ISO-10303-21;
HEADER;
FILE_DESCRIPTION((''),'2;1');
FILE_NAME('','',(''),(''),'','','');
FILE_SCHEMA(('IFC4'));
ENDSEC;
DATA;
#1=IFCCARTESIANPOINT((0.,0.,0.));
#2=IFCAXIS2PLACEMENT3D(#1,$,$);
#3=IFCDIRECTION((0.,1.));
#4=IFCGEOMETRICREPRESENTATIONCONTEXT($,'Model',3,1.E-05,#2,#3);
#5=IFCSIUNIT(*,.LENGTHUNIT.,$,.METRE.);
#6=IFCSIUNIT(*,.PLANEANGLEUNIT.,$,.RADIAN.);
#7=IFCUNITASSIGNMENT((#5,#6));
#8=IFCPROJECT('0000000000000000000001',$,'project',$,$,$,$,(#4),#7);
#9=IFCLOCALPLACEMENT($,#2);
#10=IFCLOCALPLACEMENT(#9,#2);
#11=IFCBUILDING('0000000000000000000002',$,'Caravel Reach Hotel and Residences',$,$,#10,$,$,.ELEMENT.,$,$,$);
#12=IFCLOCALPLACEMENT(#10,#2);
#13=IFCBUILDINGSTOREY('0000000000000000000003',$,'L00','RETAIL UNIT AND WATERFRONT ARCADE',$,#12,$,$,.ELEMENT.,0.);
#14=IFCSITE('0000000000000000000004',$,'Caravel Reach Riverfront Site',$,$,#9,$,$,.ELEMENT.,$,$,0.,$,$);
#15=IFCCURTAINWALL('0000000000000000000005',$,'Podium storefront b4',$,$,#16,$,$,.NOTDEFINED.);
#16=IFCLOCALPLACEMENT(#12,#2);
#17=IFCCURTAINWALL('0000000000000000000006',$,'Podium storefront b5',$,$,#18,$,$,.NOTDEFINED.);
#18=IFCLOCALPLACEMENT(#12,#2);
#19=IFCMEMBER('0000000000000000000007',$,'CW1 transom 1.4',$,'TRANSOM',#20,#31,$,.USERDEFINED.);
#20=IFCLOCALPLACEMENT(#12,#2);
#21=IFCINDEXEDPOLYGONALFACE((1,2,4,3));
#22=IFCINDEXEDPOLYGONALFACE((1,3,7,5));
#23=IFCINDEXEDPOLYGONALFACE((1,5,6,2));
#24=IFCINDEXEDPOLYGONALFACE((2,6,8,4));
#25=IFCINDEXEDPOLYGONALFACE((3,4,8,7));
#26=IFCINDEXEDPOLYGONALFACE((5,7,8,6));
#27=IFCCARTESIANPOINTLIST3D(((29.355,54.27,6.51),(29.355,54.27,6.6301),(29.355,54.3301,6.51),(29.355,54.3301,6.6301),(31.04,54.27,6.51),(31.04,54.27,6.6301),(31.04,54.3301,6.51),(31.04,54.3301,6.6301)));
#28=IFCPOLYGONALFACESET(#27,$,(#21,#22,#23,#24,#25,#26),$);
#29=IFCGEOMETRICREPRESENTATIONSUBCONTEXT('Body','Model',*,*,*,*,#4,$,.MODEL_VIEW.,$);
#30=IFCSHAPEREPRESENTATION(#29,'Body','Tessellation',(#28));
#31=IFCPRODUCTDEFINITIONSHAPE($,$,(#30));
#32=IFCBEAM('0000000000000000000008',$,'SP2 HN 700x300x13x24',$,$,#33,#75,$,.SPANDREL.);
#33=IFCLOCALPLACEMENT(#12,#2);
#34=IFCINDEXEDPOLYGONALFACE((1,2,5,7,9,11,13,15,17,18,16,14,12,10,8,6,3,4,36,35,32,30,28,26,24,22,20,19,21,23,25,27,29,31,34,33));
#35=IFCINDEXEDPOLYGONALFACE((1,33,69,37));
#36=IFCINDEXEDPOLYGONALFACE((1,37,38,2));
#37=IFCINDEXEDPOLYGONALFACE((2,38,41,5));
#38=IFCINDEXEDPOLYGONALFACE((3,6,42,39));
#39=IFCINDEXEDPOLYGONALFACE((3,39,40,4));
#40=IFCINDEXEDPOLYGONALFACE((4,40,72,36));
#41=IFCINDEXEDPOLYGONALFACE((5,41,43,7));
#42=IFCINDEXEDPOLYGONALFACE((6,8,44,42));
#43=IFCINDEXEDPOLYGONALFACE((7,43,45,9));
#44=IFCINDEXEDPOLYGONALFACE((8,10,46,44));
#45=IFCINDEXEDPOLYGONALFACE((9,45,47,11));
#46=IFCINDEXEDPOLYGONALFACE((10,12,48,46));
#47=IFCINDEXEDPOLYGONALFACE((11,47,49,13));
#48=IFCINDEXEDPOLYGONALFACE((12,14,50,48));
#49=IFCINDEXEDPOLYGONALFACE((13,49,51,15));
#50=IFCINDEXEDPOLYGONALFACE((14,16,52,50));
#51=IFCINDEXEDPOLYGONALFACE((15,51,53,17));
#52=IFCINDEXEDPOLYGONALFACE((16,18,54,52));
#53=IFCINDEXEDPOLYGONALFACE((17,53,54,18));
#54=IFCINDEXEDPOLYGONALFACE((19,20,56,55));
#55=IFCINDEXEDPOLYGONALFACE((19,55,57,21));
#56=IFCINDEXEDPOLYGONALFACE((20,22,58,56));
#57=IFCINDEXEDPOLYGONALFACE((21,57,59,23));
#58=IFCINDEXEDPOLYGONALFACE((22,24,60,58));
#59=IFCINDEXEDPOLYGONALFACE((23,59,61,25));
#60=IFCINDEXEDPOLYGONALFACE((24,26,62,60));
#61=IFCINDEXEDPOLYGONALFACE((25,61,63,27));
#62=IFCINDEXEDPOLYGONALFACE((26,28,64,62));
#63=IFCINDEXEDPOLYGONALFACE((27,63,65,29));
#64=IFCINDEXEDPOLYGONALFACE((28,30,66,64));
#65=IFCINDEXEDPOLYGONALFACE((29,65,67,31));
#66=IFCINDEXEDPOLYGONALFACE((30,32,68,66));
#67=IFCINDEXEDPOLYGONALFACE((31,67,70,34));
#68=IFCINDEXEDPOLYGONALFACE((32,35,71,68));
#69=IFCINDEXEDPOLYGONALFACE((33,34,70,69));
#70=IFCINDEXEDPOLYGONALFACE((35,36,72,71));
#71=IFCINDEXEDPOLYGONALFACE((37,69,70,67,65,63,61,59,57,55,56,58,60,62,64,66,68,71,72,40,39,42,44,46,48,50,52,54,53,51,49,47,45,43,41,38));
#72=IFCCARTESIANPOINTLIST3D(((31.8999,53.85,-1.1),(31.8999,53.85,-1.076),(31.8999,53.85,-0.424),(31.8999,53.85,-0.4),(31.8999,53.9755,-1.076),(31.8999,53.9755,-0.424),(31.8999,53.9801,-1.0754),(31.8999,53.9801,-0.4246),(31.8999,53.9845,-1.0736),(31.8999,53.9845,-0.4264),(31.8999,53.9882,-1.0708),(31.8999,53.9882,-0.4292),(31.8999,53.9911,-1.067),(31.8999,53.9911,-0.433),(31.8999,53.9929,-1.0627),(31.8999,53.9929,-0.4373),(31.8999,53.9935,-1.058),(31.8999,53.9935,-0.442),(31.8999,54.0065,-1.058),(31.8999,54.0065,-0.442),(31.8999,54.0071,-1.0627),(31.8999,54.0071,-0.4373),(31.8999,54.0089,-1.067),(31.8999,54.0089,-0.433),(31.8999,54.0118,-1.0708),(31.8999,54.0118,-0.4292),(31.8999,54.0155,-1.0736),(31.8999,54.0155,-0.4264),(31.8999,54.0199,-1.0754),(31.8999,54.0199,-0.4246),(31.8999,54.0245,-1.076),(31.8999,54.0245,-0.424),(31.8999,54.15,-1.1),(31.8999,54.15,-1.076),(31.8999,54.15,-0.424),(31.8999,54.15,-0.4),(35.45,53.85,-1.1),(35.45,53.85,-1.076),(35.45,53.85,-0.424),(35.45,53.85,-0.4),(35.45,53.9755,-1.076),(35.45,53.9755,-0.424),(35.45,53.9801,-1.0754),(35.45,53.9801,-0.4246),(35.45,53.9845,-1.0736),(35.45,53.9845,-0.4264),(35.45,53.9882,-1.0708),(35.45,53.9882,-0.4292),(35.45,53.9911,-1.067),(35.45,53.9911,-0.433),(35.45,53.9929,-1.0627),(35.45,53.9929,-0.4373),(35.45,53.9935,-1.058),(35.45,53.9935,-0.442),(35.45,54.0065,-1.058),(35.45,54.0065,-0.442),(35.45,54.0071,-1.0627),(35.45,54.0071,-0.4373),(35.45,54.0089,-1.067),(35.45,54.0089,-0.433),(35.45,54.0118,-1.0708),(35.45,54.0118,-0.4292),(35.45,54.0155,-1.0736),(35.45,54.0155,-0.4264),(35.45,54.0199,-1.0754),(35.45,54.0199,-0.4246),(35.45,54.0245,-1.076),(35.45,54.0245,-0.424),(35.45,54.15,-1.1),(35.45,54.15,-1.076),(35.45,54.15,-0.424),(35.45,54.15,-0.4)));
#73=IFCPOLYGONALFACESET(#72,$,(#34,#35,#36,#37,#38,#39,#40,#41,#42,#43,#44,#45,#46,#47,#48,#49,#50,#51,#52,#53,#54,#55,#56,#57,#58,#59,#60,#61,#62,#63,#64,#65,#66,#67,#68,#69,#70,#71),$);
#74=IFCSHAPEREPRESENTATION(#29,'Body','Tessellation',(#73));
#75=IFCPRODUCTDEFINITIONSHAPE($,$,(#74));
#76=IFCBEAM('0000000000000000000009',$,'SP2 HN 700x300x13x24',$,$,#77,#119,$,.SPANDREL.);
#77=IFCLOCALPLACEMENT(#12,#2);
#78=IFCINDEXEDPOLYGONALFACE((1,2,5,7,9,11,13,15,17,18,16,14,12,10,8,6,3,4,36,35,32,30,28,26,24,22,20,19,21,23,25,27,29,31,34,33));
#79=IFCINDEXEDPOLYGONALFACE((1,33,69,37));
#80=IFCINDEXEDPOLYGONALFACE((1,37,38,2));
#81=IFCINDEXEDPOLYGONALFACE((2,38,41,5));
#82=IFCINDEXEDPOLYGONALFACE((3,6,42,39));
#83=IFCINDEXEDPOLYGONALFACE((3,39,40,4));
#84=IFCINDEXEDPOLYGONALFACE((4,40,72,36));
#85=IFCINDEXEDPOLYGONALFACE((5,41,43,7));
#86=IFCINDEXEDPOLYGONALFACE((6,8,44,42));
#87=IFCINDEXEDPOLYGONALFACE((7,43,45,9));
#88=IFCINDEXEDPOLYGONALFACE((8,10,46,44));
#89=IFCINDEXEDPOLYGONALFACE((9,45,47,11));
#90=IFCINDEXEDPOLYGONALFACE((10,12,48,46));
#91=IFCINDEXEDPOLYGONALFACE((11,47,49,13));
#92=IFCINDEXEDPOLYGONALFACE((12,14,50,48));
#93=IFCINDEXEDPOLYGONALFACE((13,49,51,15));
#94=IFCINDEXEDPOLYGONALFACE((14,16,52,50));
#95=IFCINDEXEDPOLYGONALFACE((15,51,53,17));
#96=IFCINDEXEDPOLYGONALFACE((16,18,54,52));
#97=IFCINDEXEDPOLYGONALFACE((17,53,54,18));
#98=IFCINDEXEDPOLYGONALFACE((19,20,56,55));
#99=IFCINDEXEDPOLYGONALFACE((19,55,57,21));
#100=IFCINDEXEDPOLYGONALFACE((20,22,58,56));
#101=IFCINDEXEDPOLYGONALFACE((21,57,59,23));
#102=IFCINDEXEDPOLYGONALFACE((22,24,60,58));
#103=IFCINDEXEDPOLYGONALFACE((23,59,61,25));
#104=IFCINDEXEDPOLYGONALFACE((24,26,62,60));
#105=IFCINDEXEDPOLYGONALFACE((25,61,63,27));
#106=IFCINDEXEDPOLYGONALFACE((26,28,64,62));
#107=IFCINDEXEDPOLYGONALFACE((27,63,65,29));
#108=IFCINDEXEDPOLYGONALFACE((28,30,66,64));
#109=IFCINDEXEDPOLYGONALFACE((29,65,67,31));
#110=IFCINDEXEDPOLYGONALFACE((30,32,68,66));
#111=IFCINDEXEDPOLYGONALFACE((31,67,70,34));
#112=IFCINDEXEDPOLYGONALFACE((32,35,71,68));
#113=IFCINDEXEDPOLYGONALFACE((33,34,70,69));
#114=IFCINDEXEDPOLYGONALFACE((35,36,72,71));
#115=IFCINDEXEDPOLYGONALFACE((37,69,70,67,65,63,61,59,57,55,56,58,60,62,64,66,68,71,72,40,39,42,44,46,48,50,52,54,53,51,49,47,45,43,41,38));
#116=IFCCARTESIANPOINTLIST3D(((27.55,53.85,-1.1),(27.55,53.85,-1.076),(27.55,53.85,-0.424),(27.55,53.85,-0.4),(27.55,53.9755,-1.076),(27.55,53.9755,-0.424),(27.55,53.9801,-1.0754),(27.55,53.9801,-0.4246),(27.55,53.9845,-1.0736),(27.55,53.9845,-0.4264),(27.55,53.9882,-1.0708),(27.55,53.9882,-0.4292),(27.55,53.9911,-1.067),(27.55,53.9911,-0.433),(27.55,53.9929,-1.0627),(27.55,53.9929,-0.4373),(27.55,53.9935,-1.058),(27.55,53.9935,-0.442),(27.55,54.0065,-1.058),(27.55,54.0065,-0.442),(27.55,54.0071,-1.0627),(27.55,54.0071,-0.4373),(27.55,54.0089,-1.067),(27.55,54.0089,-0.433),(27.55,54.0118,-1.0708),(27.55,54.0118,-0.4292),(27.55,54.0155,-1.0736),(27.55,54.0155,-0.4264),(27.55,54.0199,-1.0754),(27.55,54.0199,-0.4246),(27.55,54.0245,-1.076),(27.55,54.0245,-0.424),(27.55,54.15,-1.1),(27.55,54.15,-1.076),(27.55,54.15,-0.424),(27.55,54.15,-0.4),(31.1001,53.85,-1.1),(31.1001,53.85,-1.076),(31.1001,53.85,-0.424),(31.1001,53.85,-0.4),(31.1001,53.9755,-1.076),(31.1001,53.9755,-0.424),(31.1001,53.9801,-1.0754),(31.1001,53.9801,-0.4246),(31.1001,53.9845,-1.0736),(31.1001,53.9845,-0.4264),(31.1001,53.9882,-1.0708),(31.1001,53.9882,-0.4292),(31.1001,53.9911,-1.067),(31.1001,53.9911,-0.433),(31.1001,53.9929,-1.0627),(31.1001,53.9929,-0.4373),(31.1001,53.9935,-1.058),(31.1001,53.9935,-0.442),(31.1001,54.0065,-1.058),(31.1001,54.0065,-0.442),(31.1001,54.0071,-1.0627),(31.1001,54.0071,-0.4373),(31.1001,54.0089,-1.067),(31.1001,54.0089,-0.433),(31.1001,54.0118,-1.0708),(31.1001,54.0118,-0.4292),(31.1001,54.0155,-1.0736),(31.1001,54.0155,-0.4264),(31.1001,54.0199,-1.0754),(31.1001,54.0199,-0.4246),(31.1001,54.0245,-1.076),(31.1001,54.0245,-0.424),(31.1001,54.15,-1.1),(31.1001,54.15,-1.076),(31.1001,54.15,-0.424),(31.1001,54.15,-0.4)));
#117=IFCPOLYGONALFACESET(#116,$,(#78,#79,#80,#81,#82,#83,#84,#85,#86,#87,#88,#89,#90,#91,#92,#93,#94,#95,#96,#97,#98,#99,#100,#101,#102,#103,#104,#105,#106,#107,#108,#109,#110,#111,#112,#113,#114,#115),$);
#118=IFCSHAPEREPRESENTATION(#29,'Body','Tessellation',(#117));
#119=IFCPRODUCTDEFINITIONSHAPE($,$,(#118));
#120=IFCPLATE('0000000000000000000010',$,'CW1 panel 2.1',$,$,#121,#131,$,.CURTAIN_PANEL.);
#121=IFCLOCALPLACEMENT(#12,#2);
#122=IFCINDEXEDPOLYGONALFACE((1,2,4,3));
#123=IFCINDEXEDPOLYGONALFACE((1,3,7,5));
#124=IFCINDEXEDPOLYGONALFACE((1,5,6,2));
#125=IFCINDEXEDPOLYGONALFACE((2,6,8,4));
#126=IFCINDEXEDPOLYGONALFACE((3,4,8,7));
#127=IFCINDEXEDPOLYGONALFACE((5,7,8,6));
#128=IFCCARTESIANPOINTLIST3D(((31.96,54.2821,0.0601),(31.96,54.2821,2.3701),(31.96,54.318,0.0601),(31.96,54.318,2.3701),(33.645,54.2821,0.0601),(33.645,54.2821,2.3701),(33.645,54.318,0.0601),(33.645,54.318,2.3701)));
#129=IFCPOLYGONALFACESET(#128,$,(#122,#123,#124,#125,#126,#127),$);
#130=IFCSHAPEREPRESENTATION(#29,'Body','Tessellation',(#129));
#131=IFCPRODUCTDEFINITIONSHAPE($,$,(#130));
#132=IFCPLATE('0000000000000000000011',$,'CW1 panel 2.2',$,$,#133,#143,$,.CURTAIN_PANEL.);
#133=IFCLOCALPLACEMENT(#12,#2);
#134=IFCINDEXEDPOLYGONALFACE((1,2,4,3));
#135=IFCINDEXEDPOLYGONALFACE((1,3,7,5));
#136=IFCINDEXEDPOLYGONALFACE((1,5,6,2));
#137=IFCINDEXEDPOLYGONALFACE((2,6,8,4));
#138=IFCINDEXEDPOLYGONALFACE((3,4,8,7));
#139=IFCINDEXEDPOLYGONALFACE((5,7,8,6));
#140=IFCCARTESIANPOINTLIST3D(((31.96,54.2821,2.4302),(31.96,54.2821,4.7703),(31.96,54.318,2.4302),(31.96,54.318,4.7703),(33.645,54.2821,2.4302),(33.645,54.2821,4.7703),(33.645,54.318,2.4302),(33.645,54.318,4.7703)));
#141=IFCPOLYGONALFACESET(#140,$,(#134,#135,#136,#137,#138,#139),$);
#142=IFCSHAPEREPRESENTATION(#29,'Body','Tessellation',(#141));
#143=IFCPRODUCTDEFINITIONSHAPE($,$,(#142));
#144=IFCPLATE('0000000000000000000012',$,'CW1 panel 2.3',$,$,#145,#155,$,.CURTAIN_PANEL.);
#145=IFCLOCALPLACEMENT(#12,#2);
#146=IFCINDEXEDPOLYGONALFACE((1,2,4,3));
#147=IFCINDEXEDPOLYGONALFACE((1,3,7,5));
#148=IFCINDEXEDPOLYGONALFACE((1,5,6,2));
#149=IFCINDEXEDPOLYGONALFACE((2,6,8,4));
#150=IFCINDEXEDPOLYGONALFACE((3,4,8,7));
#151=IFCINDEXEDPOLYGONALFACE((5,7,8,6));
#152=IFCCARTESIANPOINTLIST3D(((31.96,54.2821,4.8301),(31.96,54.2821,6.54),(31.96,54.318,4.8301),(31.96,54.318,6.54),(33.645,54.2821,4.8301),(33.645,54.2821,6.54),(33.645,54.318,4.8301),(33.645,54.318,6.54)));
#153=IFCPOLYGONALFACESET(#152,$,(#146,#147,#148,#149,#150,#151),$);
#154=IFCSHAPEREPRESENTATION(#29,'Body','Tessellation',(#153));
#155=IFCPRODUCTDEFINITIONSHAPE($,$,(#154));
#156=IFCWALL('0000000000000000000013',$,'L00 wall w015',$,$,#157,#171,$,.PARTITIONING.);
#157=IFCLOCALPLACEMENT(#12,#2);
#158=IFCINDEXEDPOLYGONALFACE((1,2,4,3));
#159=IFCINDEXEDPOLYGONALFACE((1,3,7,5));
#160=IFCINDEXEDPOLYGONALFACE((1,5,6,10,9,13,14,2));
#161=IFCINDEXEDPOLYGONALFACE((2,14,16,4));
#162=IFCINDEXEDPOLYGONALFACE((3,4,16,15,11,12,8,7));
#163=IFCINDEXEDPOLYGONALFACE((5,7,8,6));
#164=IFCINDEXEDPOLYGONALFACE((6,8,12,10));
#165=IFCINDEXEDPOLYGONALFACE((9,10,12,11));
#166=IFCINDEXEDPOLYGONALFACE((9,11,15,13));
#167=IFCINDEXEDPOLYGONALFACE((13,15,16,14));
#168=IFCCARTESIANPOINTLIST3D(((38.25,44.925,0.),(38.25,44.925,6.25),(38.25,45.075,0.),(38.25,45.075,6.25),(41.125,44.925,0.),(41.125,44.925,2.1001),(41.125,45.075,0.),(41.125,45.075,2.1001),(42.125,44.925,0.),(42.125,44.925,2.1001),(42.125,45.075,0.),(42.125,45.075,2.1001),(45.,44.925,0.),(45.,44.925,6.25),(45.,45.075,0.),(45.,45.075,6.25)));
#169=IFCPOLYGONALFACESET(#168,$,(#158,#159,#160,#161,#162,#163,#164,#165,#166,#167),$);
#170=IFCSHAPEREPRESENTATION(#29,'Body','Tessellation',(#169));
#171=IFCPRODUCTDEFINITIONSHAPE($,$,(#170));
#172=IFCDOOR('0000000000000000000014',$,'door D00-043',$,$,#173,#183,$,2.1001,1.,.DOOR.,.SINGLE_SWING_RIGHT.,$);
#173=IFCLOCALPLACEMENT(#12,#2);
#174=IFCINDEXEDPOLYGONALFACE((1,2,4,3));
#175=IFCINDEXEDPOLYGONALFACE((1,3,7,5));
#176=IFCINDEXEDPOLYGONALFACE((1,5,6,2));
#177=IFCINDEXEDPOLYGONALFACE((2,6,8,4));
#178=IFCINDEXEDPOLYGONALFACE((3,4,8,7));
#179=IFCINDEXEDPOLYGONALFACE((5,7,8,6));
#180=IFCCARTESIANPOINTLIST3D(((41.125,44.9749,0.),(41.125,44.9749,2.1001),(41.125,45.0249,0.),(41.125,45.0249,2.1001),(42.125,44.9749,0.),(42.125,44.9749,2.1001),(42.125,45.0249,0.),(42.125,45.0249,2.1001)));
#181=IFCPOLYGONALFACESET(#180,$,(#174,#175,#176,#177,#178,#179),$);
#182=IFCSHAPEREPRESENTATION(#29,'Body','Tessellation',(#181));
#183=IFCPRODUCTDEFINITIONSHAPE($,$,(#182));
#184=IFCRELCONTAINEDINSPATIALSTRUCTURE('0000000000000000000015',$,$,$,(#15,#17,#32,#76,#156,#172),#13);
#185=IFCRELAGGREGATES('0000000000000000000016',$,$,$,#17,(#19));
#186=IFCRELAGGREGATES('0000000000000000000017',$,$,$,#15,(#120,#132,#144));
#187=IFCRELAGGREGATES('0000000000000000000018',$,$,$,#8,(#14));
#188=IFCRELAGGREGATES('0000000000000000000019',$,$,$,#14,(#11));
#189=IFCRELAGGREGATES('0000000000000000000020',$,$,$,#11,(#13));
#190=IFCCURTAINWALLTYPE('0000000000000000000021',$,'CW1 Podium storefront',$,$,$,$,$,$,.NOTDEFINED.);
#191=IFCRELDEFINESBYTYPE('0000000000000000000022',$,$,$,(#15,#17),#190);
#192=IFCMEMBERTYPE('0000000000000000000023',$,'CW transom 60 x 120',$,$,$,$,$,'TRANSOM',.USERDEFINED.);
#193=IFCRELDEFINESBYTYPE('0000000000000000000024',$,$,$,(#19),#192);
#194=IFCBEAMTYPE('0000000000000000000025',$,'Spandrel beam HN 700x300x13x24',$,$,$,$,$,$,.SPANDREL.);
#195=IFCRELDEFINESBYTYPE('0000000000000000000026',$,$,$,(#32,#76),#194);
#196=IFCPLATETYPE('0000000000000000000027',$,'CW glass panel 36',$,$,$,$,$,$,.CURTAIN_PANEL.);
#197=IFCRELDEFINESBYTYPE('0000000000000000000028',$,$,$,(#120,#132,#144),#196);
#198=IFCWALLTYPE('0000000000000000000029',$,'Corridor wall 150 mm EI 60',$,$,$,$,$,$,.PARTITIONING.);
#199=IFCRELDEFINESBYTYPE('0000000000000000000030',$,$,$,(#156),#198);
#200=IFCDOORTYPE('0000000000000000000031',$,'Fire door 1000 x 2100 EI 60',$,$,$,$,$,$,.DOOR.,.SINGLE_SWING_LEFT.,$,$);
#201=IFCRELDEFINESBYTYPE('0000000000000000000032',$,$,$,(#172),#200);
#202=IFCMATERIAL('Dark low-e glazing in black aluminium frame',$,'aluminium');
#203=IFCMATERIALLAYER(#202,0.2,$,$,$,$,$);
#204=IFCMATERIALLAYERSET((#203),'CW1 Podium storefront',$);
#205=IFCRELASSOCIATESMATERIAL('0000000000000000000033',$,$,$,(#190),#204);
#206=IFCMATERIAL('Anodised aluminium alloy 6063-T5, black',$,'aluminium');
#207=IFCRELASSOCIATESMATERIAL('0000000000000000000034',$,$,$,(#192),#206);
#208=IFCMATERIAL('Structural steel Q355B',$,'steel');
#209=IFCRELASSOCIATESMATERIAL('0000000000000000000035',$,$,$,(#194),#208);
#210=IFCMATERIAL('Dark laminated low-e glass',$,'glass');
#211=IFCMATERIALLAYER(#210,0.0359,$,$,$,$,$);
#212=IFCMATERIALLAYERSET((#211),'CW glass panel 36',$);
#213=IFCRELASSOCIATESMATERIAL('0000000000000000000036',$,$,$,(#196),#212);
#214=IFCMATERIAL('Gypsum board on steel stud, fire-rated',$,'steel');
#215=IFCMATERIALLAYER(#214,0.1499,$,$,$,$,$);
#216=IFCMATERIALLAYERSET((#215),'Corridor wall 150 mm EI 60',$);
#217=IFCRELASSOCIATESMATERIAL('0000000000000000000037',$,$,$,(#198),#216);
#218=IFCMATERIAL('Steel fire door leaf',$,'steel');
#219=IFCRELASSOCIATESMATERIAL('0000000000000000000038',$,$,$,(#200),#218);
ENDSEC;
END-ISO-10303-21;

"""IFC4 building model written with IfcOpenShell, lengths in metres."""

from ifc_helpers import new_model, si_unit, direction, frame, frame_2d, origin, origin_2d, place, context, subcontext, project, spatial, rectangle, i_section, extrude, material, layer, layer_set, material_profile, profile_set, type_object, element, fill, aggregate, save


model = new_model("IFC4")

# Units and contexts
model_context = context("Model", 3, precision=1e-05, world=origin(), true_north=direction((0.0, 1.0)))
body_context = subcontext(model_context, "Body", "Model", "MODEL_VIEW")
ifc_project = project(units=[si_unit("LENGTHUNIT", "METRE"), si_unit("PLANEANGLEUNIT", "RADIAN")], contexts=[model_context])

# Site, building, storey
site_placement = place(None, origin())
site = spatial("IfcSite", under=ifc_project, at=site_placement, Name="Caravel Reach Riverfront Site", CompositionType="ELEMENT", RefElevation=0.0)
building_placement = place(site_placement, origin())
building = spatial("IfcBuilding", under=site, at=building_placement, Name="Caravel Reach Hotel and Residences", CompositionType="ELEMENT")
storey_placement = place(building_placement, origin())
storey = spatial("IfcBuildingStorey", under=building, at=storey_placement, Name="L00", Description="RETAIL UNIT AND WATERFRONT ARCADE", CompositionType="ELEMENT", Elevation=0.0)

# Curtain walls
ifc_material_1 = material(Name="Dark low-e glazing in black aluminium frame", Category="aluminium")
ifc_layer_1 = layer(ifc_material_1, 0.2)
ifc_layer_set_1 = layer_set([ifc_layer_1], Name="CW1 Podium storefront")
curtain_wall_type = type_object("IfcCurtainWallType", Name="CW1 Podium storefront", PredefinedType="NOTDEFINED", material=ifc_layer_set_1)
curtain_wall_1_placement = place(storey_placement, origin())
curtain_wall_1 = element("IfcCurtainWall", 1, at=curtain_wall_1_placement, inside=storey, type_object=curtain_wall_type, Name="Podium storefront b4", PredefinedType="NOTDEFINED")
curtain_wall_2_placement = place(storey_placement, origin())
curtain_wall_2 = element("IfcCurtainWall", 2, at=curtain_wall_2_placement, inside=storey, type_object=curtain_wall_type, Name="Podium storefront b5", PredefinedType="NOTDEFINED")

# Member
ifc_material_2 = material(Name="Anodised aluminium alloy 6063-T5, black", Category="aluminium")
ifc_material_profile_1 = material_profile(ifc_material_2, rectangle(XDim=0.0601, YDim=0.1201, at=origin_2d()), Name="CW transom 60 x 120")
ifc_profile_set_1 = profile_set([ifc_material_profile_1], Name="Anodised aluminium alloy 6063-T5, black")
member_type_1 = type_object("IfcMemberType", Name="CW transom 60 x 120", ElementType="TRANSOM", PredefinedType="USERDEFINED", material=ifc_profile_set_1)
member_1_placement = place(storey_placement, frame((31.04, 54.3, 6.5701), z_axis=(-1.0, 0.0, 0.0), x_axis=(0.0, -1.0, 0.0)))
member_1 = element("IfcMember", 3, at=member_1_placement, type_object=member_type_1, Name="CW1 transom 1.4", ObjectType="TRANSOM", PredefinedType="USERDEFINED", context=body_context, shape_type="SweptSolid", body=[
    extrude(rectangle(XDim=0.0601, YDim=0.1201, at=origin_2d()), origin(), (0.0, 0.0, 1.0), 1.6851),
])
aggregate(curtain_wall_2, [member_1])

# Beams
ifc_material_3 = material(Name="Structural steel Q355B", Category="steel")
ifc_material_profile_2 = material_profile(ifc_material_3, i_section(OverallWidth=0.3, OverallDepth=0.7, WebThickness=0.0129, FlangeThickness=0.0239, FilletRadius=0.0181, at=origin_2d()), Name="HN 700x300x13x24")
ifc_profile_set_2 = profile_set([ifc_material_profile_2], Name="Structural steel Q355B")
beam_type = type_object("IfcBeamType", Name="Spandrel beam HN 700x300x13x24", PredefinedType="SPANDREL", material=ifc_profile_set_2)
for number, where, z_axis, x_axis, name in (
    (4, (35.45, 54.0, -0.75), (-1.0, 0.0, 0.0), (0.0, -1.0, 0.0), "SP2 HN 700x300x13x24"),
    (5, (31.1001, 54.0, -0.75), (-1.0, 0.0, 0.0), (0.0, -1.0, 0.0), "SP2 HN 700x300x13x24"),
):
    element("IfcBeam", number, at=place(storey_placement, frame(where, z_axis=z_axis, x_axis=x_axis)), inside=storey, type_object=beam_type, Name=name, PredefinedType="SPANDREL", context=body_context, shape_type="SweptSolid", body=[
        extrude(i_section(OverallWidth=0.3, OverallDepth=0.7, WebThickness=0.0129, FlangeThickness=0.0239, FilletRadius=0.0181, at=origin_2d()), origin(), (0.0, 0.0, 1.0), 3.55),
    ])

# Plates
ifc_material_4 = material(Name="Dark laminated low-e glass", Category="glass")
ifc_layer_2 = layer(ifc_material_4, 0.0359)
ifc_layer_set_2 = layer_set([ifc_layer_2], Name="CW glass panel 36")
plate_type = type_object("IfcPlateType", Name="CW glass panel 36", PredefinedType="CURTAIN_PANEL", material=ifc_layer_set_2)
plate_1_placement = place(storey_placement, frame((32.8025, 54.3, 0.0601), z_axis=(0.0, 0.0, 1.0), x_axis=(-1.0, 0.0, 0.0)))
plate_1 = element("IfcPlate", 6, at=plate_1_placement, type_object=plate_type, Name="CW1 panel 2.1", PredefinedType="CURTAIN_PANEL", context=body_context, shape_type="SweptSolid", body=[
    extrude(rectangle(XDim=1.6851, YDim=0.0359, at=origin_2d()), origin(), (0.0, 0.0, 1.0), 2.3101),
])
plate_2_placement = place(storey_placement, frame((32.8025, 54.3, 2.4302), z_axis=(0.0, 0.0, 1.0), x_axis=(-1.0, 0.0, 0.0)))
plate_2 = element("IfcPlate", 7, at=plate_2_placement, type_object=plate_type, Name="CW1 panel 2.2", PredefinedType="CURTAIN_PANEL", context=body_context, shape_type="SweptSolid", body=[
    extrude(rectangle(XDim=1.6851, YDim=0.0359, at=origin_2d()), origin(), (0.0, 0.0, 1.0), 2.3401),
])
plate_3_placement = place(storey_placement, frame((32.8025, 54.3, 4.8301), z_axis=(0.0, 0.0, 1.0), x_axis=(-1.0, 0.0, 0.0)))
plate_3 = element("IfcPlate", 8, at=plate_3_placement, type_object=plate_type, Name="CW1 panel 2.3", PredefinedType="CURTAIN_PANEL", context=body_context, shape_type="SweptSolid", body=[
    extrude(rectangle(XDim=1.6851, YDim=0.0359, at=origin_2d()), origin(), (0.0, 0.0, 1.0), 1.71),
])
aggregate(curtain_wall_1, [plate_1, plate_2, plate_3])

# Wall, opening, door
ifc_material_5 = material(Name="Gypsum board on steel stud, fire-rated", Category="steel")
ifc_layer_3 = layer(ifc_material_5, 0.1499)
ifc_layer_set_3 = layer_set([ifc_layer_3], Name="Corridor wall 150 mm EI 60")
wall_type_1 = type_object("IfcWallType", Name="Corridor wall 150 mm EI 60", PredefinedType="PARTITIONING", material=ifc_layer_set_3)
wall_1_placement = place(storey_placement, frame((38.25, 45.0, 0.0), z_axis=(0.0, 0.0, 1.0), x_axis=(1.0, 0.0, 0.0)))
wall_1 = element("IfcWall", 9, at=wall_1_placement, inside=storey, type_object=wall_type_1, Name="L00 wall w015", PredefinedType="PARTITIONING", context=body_context, shape_type="SweptSolid", body=[
    extrude(rectangle(XDim=6.75, YDim=0.1499, at=frame_2d((3.375, 0.0))), origin(), (0.0, 0.0, 1.0), 6.25),
])
opening_placement = place(wall_1_placement, frame((2.875, 0.0, 0.0)))
opening = element("IfcOpeningElement", 10, at=opening_placement, cuts=wall_1, PredefinedType="OPENING", context=body_context, shape_type="SweptSolid", body=[
    extrude(rectangle(XDim=1.0, YDim=2.1001, at=frame_2d((0.5, 1.05))), frame((0.0, 0.085, 0.0), z_axis=(0.0, -1.0, 0.0), x_axis=(1.0, 0.0, 0.0)), (0.0, 0.0, 1.0), 0.1699),
])
ifc_material_6 = material(Name="Steel fire door leaf", Category="steel")
door_type = type_object("IfcDoorType", Name="Fire door 1000 x 2100 EI 60", OperationType="SINGLE_SWING_LEFT", PredefinedType="DOOR", material=ifc_material_6)
door_placement = place(opening_placement, origin())
door = element("IfcDoor", 11, at=door_placement, inside=storey, type_object=door_type, Name="door D00-043", OperationType="SINGLE_SWING_RIGHT", OverallHeight=2.1001, OverallWidth=1.0, PredefinedType="DOOR", context=body_context, shape_type="SweptSolid", body=[
    extrude(rectangle(XDim=1.0, YDim=2.1001, at=frame_2d((0.5, 1.05))), frame((0.0, 0.0249, 0.0), z_axis=(0.0, -1.0, 0.0), x_axis=(1.0, 0.0, 0.0)), (0.0, 0.0, 1.0), 0.05),
])
fill(opening, door)

save(model, "model.ifc")
